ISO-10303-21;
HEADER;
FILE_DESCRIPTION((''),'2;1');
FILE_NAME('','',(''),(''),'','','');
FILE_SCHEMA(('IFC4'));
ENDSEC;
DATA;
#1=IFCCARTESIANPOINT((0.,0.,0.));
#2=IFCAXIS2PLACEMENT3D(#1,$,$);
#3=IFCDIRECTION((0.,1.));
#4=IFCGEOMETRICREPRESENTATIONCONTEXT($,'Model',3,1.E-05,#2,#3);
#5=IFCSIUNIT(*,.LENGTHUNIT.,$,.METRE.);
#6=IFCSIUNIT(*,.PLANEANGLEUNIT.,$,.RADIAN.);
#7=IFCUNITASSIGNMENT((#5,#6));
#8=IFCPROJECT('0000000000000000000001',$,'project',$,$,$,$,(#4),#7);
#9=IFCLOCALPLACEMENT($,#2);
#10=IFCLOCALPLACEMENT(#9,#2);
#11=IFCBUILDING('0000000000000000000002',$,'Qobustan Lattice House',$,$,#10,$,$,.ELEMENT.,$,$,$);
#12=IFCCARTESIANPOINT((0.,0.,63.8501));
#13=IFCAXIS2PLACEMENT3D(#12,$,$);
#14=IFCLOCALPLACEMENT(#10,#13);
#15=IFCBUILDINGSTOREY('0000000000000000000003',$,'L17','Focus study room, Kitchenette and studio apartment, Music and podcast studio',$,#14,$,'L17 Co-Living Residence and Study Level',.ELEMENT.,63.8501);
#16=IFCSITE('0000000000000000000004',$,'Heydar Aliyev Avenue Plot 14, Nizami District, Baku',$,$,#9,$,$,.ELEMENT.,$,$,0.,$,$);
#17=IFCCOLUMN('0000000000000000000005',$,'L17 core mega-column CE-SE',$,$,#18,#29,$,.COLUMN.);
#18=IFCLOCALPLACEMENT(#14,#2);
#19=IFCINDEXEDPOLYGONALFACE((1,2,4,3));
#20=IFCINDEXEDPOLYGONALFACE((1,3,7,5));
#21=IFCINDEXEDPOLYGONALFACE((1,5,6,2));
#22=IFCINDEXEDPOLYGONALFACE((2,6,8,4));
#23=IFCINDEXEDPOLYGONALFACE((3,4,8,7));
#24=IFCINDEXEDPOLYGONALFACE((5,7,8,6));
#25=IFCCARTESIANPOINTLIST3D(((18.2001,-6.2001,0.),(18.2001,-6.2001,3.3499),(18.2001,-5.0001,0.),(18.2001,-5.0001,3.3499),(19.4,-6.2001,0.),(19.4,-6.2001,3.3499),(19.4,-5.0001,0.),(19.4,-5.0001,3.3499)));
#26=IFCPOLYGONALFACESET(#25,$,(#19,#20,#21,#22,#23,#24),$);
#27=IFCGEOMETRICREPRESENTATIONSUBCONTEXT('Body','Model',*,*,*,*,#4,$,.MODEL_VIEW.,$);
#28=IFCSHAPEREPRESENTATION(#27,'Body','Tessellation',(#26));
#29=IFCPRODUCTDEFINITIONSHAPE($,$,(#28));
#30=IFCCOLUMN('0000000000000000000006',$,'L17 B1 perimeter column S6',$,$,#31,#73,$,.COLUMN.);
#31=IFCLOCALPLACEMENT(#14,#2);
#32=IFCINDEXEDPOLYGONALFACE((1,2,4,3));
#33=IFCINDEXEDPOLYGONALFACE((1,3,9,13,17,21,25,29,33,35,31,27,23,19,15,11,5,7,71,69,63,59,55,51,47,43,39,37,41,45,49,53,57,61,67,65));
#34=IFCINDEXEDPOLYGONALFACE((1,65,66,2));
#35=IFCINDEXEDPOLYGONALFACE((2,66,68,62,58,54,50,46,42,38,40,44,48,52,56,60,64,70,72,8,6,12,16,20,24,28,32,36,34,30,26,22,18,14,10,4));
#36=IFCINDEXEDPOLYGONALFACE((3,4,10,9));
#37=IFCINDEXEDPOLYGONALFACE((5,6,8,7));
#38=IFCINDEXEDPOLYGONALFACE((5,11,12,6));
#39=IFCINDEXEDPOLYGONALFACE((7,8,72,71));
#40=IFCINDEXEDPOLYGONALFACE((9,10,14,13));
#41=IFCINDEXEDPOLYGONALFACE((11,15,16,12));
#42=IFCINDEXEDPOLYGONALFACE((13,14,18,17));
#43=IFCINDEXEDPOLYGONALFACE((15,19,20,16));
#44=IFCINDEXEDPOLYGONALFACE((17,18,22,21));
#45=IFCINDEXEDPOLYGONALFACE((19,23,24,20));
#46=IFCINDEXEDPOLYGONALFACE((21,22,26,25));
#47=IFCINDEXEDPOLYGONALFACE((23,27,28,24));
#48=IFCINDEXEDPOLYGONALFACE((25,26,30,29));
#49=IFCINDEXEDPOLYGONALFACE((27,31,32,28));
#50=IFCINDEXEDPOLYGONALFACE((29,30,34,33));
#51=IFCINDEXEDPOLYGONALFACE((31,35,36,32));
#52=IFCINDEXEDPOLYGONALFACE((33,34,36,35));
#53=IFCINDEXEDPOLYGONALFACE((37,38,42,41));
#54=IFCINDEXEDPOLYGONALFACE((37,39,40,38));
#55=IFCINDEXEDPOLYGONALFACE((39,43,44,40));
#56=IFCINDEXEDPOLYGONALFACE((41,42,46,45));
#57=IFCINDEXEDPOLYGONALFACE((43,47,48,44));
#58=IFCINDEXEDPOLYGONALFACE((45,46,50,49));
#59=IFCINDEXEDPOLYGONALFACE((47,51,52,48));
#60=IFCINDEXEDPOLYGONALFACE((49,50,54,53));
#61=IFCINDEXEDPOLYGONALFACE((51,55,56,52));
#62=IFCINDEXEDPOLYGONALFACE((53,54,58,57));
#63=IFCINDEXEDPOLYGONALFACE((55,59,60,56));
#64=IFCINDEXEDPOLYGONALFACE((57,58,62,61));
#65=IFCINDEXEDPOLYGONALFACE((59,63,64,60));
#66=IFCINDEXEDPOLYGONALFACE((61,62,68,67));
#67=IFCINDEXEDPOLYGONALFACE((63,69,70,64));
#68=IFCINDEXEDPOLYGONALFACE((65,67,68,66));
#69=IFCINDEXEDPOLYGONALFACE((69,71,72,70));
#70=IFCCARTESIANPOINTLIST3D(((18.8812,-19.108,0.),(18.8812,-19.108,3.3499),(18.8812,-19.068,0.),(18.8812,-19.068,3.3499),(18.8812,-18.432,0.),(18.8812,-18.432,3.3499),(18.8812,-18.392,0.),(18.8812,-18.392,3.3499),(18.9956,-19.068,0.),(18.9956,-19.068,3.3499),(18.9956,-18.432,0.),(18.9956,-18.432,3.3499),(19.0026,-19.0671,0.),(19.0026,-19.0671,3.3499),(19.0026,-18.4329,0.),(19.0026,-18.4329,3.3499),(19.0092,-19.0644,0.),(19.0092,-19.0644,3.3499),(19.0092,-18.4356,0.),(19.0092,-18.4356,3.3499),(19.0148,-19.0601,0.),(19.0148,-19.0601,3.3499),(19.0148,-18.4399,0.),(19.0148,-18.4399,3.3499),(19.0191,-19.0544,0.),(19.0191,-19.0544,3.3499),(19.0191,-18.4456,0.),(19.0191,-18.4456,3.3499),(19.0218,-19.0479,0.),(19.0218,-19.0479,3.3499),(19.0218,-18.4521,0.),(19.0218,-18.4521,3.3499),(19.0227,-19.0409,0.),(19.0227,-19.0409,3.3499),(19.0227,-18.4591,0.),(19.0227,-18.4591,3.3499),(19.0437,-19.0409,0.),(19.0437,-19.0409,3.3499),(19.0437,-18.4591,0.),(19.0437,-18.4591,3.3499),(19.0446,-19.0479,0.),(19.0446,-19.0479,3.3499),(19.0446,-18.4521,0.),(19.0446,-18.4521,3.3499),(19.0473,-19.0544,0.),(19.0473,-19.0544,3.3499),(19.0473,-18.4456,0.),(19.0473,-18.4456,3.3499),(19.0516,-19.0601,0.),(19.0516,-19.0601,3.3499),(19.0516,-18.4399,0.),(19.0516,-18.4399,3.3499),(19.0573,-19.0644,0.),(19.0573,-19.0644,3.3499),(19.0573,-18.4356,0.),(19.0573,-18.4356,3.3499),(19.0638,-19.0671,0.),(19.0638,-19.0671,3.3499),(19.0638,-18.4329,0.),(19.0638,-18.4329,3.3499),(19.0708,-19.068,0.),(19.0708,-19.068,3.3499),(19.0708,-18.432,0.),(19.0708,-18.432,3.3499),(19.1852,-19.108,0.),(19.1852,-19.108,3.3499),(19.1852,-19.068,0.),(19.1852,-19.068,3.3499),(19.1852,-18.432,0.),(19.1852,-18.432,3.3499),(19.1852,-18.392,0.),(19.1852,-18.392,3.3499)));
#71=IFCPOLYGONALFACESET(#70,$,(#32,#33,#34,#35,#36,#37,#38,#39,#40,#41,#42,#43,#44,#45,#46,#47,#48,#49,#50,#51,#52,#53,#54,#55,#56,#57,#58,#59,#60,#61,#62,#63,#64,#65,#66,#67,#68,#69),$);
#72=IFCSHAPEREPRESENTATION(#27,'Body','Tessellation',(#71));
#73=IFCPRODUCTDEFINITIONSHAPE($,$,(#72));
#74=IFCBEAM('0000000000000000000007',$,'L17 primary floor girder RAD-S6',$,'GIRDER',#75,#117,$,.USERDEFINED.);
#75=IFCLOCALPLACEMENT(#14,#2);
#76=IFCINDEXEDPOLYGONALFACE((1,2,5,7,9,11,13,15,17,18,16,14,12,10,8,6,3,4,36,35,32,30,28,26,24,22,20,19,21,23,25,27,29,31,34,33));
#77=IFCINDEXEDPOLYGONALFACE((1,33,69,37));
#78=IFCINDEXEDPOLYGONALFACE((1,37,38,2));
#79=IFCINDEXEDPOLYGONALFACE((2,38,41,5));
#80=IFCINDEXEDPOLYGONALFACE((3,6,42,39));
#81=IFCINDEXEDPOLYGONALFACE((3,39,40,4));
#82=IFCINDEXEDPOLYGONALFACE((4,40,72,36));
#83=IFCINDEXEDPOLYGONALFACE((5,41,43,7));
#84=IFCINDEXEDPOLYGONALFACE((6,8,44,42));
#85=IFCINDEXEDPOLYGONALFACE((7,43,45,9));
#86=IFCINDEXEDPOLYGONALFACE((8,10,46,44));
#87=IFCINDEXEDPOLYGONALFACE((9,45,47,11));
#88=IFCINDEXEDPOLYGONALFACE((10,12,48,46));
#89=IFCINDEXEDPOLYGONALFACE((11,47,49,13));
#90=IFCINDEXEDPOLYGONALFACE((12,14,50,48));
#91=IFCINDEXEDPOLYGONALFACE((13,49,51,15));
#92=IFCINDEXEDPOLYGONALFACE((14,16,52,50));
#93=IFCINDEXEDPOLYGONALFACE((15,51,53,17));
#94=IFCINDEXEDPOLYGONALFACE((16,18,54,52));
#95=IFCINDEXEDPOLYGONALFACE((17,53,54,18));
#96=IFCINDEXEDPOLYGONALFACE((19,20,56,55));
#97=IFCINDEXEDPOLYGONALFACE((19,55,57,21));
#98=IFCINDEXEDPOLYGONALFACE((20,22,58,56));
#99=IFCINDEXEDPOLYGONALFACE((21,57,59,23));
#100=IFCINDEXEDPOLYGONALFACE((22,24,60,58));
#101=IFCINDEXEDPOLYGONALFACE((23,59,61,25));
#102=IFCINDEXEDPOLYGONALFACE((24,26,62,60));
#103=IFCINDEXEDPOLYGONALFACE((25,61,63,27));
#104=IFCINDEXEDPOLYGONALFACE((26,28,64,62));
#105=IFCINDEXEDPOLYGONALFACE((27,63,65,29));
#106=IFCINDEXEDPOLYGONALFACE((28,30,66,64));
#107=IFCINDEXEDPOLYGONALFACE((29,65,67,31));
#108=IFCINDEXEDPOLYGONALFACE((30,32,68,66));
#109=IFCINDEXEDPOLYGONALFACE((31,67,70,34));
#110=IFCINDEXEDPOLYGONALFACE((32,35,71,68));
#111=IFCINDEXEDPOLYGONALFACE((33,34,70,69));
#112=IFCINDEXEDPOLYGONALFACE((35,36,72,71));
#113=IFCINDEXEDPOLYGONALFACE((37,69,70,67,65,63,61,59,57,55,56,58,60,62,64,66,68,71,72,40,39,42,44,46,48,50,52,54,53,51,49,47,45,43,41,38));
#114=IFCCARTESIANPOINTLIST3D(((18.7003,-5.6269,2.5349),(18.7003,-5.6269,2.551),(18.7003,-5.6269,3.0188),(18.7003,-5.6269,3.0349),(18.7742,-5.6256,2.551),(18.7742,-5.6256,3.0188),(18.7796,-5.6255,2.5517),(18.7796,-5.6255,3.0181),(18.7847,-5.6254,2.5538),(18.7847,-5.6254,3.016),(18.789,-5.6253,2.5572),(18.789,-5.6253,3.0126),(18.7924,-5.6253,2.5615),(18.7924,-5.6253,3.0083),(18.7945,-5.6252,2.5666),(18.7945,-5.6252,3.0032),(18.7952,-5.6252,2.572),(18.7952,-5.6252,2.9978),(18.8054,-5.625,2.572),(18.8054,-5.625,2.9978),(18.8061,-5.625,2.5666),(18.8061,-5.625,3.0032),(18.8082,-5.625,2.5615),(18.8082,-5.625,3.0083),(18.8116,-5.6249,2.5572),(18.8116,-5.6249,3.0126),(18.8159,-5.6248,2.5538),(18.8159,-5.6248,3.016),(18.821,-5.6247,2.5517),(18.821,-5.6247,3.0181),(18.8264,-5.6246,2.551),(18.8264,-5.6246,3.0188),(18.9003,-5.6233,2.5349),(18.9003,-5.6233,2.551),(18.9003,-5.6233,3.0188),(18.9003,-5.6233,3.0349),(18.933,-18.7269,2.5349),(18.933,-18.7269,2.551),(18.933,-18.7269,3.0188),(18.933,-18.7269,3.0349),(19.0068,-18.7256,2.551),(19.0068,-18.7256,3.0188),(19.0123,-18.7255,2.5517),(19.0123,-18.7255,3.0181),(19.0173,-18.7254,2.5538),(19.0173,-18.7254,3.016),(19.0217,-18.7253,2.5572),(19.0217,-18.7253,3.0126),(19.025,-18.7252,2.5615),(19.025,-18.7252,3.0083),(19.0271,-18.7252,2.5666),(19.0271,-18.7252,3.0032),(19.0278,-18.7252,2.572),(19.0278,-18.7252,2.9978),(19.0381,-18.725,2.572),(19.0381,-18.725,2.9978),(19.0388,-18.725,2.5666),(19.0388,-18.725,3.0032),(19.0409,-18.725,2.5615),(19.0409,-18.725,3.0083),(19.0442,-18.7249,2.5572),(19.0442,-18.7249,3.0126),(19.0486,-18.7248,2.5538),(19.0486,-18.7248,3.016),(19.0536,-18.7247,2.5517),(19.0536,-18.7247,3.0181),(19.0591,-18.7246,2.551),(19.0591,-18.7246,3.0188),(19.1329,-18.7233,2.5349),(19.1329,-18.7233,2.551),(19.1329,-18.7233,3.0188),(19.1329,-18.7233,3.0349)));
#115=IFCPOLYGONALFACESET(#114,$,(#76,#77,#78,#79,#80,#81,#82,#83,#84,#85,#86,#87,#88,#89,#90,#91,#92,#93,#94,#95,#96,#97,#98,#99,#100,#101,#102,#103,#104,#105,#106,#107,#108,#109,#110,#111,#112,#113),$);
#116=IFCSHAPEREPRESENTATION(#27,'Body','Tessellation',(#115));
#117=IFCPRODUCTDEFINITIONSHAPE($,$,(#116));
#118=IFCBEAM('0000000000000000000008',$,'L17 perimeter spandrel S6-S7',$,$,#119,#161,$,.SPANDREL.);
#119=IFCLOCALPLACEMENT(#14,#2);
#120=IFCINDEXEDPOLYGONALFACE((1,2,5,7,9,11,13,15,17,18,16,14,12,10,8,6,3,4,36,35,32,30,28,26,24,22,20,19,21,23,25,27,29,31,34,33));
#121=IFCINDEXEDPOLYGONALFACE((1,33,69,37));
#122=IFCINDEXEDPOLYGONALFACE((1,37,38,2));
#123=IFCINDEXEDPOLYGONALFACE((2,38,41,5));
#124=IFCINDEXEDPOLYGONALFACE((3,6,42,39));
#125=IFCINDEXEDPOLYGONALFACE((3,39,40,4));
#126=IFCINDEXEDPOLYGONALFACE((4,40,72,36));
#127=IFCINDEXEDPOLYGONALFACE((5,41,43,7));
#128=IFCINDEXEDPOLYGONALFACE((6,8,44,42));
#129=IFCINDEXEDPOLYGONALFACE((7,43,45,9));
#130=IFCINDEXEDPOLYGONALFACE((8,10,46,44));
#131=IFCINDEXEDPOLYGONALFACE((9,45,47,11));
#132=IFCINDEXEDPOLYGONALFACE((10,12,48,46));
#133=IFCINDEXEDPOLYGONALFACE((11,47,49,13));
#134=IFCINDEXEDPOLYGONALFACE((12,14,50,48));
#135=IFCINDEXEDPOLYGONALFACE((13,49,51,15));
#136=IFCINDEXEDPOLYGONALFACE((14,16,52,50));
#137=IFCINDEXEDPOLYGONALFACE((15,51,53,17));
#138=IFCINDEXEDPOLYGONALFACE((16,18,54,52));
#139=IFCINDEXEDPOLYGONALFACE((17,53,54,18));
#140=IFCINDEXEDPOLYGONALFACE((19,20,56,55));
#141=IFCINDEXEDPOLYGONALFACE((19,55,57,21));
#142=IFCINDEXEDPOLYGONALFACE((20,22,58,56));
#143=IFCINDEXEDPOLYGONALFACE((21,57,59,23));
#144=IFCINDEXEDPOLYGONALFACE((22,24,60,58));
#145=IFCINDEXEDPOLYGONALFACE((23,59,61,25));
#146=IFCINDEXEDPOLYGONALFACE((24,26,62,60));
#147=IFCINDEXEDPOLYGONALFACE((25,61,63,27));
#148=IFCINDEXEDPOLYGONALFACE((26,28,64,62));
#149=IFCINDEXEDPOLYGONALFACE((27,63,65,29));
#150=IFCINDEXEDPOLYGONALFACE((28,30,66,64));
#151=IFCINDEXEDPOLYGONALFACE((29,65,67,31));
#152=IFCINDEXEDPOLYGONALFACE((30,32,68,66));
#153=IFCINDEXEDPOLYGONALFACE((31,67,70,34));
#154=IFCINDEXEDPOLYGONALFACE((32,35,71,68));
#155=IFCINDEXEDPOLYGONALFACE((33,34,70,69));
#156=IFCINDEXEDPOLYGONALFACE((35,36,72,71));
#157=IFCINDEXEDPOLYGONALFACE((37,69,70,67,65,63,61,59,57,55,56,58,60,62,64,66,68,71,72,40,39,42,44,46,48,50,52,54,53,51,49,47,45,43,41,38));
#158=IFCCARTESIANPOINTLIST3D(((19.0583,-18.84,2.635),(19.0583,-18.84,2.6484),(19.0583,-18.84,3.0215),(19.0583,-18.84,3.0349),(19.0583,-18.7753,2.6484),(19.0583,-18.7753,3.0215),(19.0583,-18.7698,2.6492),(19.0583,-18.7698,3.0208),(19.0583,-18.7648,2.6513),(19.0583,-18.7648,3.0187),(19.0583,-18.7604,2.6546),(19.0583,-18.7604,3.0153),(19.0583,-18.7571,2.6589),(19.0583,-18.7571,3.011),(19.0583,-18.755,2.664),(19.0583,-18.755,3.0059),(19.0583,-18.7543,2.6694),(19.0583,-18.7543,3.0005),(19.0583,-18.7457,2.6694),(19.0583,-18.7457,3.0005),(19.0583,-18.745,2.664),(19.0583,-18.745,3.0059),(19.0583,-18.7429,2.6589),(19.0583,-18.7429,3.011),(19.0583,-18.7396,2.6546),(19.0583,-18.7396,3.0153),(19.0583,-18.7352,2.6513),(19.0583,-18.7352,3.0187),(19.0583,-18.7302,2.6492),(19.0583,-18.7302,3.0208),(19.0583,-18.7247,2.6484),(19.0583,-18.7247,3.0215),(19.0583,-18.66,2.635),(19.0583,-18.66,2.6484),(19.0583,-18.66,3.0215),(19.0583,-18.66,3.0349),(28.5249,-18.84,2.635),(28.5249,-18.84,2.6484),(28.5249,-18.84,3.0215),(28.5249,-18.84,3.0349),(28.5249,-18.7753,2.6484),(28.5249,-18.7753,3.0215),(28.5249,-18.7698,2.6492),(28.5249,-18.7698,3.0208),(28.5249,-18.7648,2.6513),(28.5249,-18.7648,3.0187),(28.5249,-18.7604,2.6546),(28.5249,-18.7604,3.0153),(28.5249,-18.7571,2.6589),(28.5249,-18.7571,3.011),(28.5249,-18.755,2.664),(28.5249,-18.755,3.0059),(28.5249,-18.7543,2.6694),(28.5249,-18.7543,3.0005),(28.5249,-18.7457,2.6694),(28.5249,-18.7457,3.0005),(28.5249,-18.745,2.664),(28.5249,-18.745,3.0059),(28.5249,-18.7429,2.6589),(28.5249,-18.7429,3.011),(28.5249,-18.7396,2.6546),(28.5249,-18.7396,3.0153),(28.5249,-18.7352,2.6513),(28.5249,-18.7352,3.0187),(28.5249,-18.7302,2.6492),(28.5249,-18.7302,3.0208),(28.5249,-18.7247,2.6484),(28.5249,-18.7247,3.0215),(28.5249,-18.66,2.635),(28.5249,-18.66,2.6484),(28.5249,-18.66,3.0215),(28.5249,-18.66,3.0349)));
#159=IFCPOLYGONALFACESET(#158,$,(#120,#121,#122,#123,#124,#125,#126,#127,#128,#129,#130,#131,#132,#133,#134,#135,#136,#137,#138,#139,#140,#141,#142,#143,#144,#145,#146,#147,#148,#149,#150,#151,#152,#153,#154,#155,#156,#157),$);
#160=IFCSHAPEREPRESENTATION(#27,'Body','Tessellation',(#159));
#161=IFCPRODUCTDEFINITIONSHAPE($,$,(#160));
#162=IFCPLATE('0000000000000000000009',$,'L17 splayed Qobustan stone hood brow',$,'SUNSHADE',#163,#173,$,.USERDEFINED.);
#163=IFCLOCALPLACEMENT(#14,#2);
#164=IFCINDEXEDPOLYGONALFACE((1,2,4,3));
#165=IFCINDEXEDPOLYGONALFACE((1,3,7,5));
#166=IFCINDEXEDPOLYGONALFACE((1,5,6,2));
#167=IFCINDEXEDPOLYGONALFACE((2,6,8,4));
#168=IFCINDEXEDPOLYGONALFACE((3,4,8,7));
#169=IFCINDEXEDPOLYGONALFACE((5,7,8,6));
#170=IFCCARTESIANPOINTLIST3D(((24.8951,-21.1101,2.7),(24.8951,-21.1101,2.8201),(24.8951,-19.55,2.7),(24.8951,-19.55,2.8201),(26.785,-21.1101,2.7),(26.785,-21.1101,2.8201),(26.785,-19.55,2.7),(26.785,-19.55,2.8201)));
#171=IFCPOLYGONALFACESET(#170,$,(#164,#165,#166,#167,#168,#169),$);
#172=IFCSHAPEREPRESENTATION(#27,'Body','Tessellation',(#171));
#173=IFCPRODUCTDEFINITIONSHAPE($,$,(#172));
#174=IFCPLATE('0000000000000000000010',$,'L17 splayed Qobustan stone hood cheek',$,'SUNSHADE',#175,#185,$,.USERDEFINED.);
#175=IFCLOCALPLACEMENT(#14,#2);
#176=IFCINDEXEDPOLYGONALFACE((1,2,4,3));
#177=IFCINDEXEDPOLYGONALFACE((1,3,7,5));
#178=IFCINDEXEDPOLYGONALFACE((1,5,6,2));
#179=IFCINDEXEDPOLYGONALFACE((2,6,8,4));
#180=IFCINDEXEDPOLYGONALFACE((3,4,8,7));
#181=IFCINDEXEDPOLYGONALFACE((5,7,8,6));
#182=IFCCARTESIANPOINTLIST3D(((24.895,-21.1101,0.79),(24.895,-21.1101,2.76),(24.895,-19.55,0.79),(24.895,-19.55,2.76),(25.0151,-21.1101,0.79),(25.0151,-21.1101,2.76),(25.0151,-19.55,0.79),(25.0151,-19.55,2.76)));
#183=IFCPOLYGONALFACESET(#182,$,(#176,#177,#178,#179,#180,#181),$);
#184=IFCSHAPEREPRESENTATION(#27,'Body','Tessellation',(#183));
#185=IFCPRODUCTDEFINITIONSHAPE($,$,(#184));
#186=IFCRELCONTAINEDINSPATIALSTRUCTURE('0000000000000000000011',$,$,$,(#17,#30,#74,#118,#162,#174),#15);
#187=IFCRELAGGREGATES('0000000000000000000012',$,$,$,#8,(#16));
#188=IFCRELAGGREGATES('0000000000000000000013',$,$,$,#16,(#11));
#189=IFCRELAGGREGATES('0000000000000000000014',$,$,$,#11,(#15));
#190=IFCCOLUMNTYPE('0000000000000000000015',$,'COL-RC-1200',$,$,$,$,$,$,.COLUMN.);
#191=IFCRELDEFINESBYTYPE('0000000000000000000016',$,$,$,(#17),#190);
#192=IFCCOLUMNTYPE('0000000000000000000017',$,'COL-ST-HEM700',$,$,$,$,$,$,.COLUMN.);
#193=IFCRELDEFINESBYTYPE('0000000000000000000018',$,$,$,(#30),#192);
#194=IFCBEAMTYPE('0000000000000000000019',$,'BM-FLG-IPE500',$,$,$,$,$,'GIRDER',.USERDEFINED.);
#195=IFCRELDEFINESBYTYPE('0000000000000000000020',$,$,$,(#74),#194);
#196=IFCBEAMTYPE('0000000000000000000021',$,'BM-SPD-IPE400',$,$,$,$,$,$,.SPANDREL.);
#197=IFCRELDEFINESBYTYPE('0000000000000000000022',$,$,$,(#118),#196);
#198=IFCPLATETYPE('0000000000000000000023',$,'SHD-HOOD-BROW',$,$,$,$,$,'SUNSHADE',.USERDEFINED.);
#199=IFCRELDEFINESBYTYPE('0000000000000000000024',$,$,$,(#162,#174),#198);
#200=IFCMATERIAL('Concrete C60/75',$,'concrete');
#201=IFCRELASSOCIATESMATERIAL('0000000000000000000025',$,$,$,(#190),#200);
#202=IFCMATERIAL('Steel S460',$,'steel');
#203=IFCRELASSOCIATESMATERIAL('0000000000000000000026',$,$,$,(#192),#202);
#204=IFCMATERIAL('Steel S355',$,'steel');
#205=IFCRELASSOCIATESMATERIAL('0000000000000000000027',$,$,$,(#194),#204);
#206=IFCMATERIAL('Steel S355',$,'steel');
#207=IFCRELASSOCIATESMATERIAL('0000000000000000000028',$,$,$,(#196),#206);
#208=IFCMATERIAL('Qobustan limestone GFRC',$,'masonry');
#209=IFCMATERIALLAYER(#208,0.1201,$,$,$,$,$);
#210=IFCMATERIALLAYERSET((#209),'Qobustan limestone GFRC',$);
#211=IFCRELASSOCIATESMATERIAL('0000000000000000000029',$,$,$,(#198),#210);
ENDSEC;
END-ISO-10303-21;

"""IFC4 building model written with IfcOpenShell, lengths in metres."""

from ifc_helpers import new_model, si_unit, direction, frame, origin, origin_2d, place, context, subcontext, project, spatial, rectangle, i_section, extrude, material, layer, layer_set, material_profile, profile_set, type_object, element, save


model = new_model("IFC4")

# Units and contexts
model_context = context("Model", 3, precision=1e-05, world=origin(), true_north=direction((0.0, 1.0)))
body_context = subcontext(model_context, "Body", "Model", "MODEL_VIEW")
ifc_project = project(units=[si_unit("LENGTHUNIT", "METRE"), si_unit("PLANEANGLEUNIT", "RADIAN")], contexts=[model_context])

# Site, building, storey
site_placement = place(None, origin())
site = spatial("IfcSite", under=ifc_project, at=site_placement, Name="Heydar Aliyev Avenue Plot 14, Nizami District, Baku", CompositionType="ELEMENT", RefElevation=0.0)
building_placement = place(site_placement, origin())
building = spatial("IfcBuilding", under=site, at=building_placement, Name="Qobustan Lattice House", CompositionType="ELEMENT")
storey_placement = place(building_placement, frame((0.0, 0.0, 63.8501)))
storey = spatial("IfcBuildingStorey", under=building, at=storey_placement, Name="L17", Description="Focus study room, Kitchenette and studio apartment, Music and podcast studio", LongName="L17 Co-Living Residence and Study Level", CompositionType="ELEMENT", Elevation=63.8501)

# Columns
ifc_material_1 = material(Name="Concrete C60/75", Category="concrete")
ifc_material_profile_1 = material_profile(ifc_material_1, rectangle(XDim=1.2, YDim=1.2, at=origin_2d()), Name="RC1200x1200")
ifc_profile_set_1 = profile_set([ifc_material_profile_1], Name="Concrete C60/75")
column_type_1 = type_object("IfcColumnType", Name="COL-RC-1200", PredefinedType="COLUMN", material=ifc_profile_set_1)
column_1_placement = place(storey_placement, frame((18.8, -5.6001, 0.0), z_axis=(0.0, 0.0, 1.0), x_axis=(1.0, 0.0, 0.0)))
element("IfcColumn", 1, at=column_1_placement, inside=storey, type_object=column_type_1, Name="L17 core mega-column CE-SE", PredefinedType="COLUMN", context=body_context, shape_type="SweptSolid", body=[
    extrude(rectangle(XDim=1.2, YDim=1.2, at=origin_2d()), origin(), (0.0, 0.0, 1.0), 3.3499),
])
ifc_material_2 = material(Name="Steel S460", Category="steel")
ifc_material_profile_2 = material_profile(ifc_material_2, i_section(OverallWidth=0.304, OverallDepth=0.7161, WebThickness=0.021, FlangeThickness=0.04, FilletRadius=0.0271, at=origin_2d()), Name="HEM700")
ifc_profile_set_2 = profile_set([ifc_material_profile_2], Name="Steel S460")
column_type_2 = type_object("IfcColumnType", Name="COL-ST-HEM700", PredefinedType="COLUMN", material=ifc_profile_set_2)
column_2_placement = place(storey_placement, frame((19.0332, -18.75, 0.0), z_axis=(0.0, 0.0, 1.0), x_axis=(1.0, 0.0, 0.0)))
element("IfcColumn", 2, at=column_2_placement, inside=storey, type_object=column_type_2, Name="L17 B1 perimeter column S6", PredefinedType="COLUMN", context=body_context, shape_type="SweptSolid", body=[
    extrude(i_section(OverallWidth=0.304, OverallDepth=0.7161, WebThickness=0.021, FlangeThickness=0.04, FilletRadius=0.0271, at=origin_2d()), origin(), (0.0, 0.0, 1.0), 3.3499),
])

# Beams
ifc_material_3 = material(Name="Steel S355", Category="steel")
ifc_material_profile_3 = material_profile(ifc_material_3, i_section(OverallWidth=0.2, OverallDepth=0.5, WebThickness=0.0103, FlangeThickness=0.0161, FilletRadius=0.021, at=origin_2d()), Name="IPE500")
ifc_profile_set_3 = profile_set([ifc_material_profile_3], Name="Steel S355")
beam_type_1 = type_object("IfcBeamType", Name="BM-FLG-IPE500", ElementType="GIRDER", PredefinedType="USERDEFINED", material=ifc_profile_set_3)
beam_1_placement = place(storey_placement, frame((19.033, -18.7251, 2.7849), z_axis=(-0.017758, 0.999842, 0.0), x_axis=(-0.999842, -0.017758, 0.0)))
element("IfcBeam", 3, at=beam_1_placement, inside=storey, type_object=beam_type_1, Name="L17 primary floor girder RAD-S6", ObjectType="GIRDER", PredefinedType="USERDEFINED", context=body_context, shape_type="SweptSolid", body=[
    extrude(i_section(OverallWidth=0.2, OverallDepth=0.5, WebThickness=0.0103, FlangeThickness=0.0161, FilletRadius=0.021, at=origin_2d()), origin(), (0.0, 0.0, 1.0), 13.1021),
])
ifc_material_4 = material(Name="Steel S355", Category="steel")
ifc_material_profile_4 = material_profile(ifc_material_4, i_section(OverallWidth=0.1799, OverallDepth=0.3999, WebThickness=0.0085, FlangeThickness=0.0134, FilletRadius=0.021, at=origin_2d()), Name="IPE400")
ifc_profile_set_4 = profile_set([ifc_material_profile_4], Name="Steel S355")
beam_type_2 = type_object("IfcBeamType", Name="BM-SPD-IPE400", PredefinedType="SPANDREL", material=ifc_profile_set_4)
beam_2_placement = place(storey_placement, frame((19.0583, -18.75, 2.835), z_axis=(1.0, 0.0, 0.0), x_axis=(0.0, 1.0, 0.0)))
element("IfcBeam", 4, at=beam_2_placement, inside=storey, type_object=beam_type_2, Name="L17 perimeter spandrel S6-S7", PredefinedType="SPANDREL", context=body_context, shape_type="SweptSolid", body=[
    extrude(i_section(OverallWidth=0.1799, OverallDepth=0.3999, WebThickness=0.0085, FlangeThickness=0.0134, FilletRadius=0.021, at=origin_2d()), origin(), (0.0, 0.0, 1.0), 9.4666),
])

# Plates
ifc_material_5 = material(Name="Qobustan limestone GFRC", Category="masonry")
ifc_layer_1 = layer(ifc_material_5, 0.1201)
ifc_layer_set_1 = layer_set([ifc_layer_1], Name="Qobustan limestone GFRC")
plate_type = type_object("IfcPlateType", Name="SHD-HOOD-BROW", ElementType="SUNSHADE", PredefinedType="USERDEFINED", material=ifc_layer_set_1)
plate_1_placement = place(storey_placement, frame((25.8401, -20.3301, 2.7), z_axis=(0.0, 0.0, 1.0), x_axis=(-1.0, 0.0, 0.0)))
element("IfcPlate", 5, at=plate_1_placement, inside=storey, type_object=plate_type, Name="L17 splayed Qobustan stone hood brow", ObjectType="SUNSHADE", PredefinedType="USERDEFINED", context=body_context, shape_type="SweptSolid", body=[
    extrude(rectangle(XDim=1.8899, YDim=1.5601, at=origin_2d()), origin(), (0.0, 0.0, 1.0), 0.1201),
])
plate_2_placement = place(storey_placement, frame((24.9551, -20.3301, 0.79), z_axis=(0.0, 0.0, 1.0), x_axis=(-1.0, 0.0, 0.0)))
element("IfcPlate", 6, at=plate_2_placement, inside=storey, type_object=plate_type, Name="L17 splayed Qobustan stone hood cheek", ObjectType="SUNSHADE", PredefinedType="USERDEFINED", context=body_context, shape_type="SweptSolid", body=[
    extrude(rectangle(XDim=0.1201, YDim=1.5601, at=origin_2d()), origin(), (0.0, 0.0, 1.0), 1.97),
])

save(model, "model.ifc")
